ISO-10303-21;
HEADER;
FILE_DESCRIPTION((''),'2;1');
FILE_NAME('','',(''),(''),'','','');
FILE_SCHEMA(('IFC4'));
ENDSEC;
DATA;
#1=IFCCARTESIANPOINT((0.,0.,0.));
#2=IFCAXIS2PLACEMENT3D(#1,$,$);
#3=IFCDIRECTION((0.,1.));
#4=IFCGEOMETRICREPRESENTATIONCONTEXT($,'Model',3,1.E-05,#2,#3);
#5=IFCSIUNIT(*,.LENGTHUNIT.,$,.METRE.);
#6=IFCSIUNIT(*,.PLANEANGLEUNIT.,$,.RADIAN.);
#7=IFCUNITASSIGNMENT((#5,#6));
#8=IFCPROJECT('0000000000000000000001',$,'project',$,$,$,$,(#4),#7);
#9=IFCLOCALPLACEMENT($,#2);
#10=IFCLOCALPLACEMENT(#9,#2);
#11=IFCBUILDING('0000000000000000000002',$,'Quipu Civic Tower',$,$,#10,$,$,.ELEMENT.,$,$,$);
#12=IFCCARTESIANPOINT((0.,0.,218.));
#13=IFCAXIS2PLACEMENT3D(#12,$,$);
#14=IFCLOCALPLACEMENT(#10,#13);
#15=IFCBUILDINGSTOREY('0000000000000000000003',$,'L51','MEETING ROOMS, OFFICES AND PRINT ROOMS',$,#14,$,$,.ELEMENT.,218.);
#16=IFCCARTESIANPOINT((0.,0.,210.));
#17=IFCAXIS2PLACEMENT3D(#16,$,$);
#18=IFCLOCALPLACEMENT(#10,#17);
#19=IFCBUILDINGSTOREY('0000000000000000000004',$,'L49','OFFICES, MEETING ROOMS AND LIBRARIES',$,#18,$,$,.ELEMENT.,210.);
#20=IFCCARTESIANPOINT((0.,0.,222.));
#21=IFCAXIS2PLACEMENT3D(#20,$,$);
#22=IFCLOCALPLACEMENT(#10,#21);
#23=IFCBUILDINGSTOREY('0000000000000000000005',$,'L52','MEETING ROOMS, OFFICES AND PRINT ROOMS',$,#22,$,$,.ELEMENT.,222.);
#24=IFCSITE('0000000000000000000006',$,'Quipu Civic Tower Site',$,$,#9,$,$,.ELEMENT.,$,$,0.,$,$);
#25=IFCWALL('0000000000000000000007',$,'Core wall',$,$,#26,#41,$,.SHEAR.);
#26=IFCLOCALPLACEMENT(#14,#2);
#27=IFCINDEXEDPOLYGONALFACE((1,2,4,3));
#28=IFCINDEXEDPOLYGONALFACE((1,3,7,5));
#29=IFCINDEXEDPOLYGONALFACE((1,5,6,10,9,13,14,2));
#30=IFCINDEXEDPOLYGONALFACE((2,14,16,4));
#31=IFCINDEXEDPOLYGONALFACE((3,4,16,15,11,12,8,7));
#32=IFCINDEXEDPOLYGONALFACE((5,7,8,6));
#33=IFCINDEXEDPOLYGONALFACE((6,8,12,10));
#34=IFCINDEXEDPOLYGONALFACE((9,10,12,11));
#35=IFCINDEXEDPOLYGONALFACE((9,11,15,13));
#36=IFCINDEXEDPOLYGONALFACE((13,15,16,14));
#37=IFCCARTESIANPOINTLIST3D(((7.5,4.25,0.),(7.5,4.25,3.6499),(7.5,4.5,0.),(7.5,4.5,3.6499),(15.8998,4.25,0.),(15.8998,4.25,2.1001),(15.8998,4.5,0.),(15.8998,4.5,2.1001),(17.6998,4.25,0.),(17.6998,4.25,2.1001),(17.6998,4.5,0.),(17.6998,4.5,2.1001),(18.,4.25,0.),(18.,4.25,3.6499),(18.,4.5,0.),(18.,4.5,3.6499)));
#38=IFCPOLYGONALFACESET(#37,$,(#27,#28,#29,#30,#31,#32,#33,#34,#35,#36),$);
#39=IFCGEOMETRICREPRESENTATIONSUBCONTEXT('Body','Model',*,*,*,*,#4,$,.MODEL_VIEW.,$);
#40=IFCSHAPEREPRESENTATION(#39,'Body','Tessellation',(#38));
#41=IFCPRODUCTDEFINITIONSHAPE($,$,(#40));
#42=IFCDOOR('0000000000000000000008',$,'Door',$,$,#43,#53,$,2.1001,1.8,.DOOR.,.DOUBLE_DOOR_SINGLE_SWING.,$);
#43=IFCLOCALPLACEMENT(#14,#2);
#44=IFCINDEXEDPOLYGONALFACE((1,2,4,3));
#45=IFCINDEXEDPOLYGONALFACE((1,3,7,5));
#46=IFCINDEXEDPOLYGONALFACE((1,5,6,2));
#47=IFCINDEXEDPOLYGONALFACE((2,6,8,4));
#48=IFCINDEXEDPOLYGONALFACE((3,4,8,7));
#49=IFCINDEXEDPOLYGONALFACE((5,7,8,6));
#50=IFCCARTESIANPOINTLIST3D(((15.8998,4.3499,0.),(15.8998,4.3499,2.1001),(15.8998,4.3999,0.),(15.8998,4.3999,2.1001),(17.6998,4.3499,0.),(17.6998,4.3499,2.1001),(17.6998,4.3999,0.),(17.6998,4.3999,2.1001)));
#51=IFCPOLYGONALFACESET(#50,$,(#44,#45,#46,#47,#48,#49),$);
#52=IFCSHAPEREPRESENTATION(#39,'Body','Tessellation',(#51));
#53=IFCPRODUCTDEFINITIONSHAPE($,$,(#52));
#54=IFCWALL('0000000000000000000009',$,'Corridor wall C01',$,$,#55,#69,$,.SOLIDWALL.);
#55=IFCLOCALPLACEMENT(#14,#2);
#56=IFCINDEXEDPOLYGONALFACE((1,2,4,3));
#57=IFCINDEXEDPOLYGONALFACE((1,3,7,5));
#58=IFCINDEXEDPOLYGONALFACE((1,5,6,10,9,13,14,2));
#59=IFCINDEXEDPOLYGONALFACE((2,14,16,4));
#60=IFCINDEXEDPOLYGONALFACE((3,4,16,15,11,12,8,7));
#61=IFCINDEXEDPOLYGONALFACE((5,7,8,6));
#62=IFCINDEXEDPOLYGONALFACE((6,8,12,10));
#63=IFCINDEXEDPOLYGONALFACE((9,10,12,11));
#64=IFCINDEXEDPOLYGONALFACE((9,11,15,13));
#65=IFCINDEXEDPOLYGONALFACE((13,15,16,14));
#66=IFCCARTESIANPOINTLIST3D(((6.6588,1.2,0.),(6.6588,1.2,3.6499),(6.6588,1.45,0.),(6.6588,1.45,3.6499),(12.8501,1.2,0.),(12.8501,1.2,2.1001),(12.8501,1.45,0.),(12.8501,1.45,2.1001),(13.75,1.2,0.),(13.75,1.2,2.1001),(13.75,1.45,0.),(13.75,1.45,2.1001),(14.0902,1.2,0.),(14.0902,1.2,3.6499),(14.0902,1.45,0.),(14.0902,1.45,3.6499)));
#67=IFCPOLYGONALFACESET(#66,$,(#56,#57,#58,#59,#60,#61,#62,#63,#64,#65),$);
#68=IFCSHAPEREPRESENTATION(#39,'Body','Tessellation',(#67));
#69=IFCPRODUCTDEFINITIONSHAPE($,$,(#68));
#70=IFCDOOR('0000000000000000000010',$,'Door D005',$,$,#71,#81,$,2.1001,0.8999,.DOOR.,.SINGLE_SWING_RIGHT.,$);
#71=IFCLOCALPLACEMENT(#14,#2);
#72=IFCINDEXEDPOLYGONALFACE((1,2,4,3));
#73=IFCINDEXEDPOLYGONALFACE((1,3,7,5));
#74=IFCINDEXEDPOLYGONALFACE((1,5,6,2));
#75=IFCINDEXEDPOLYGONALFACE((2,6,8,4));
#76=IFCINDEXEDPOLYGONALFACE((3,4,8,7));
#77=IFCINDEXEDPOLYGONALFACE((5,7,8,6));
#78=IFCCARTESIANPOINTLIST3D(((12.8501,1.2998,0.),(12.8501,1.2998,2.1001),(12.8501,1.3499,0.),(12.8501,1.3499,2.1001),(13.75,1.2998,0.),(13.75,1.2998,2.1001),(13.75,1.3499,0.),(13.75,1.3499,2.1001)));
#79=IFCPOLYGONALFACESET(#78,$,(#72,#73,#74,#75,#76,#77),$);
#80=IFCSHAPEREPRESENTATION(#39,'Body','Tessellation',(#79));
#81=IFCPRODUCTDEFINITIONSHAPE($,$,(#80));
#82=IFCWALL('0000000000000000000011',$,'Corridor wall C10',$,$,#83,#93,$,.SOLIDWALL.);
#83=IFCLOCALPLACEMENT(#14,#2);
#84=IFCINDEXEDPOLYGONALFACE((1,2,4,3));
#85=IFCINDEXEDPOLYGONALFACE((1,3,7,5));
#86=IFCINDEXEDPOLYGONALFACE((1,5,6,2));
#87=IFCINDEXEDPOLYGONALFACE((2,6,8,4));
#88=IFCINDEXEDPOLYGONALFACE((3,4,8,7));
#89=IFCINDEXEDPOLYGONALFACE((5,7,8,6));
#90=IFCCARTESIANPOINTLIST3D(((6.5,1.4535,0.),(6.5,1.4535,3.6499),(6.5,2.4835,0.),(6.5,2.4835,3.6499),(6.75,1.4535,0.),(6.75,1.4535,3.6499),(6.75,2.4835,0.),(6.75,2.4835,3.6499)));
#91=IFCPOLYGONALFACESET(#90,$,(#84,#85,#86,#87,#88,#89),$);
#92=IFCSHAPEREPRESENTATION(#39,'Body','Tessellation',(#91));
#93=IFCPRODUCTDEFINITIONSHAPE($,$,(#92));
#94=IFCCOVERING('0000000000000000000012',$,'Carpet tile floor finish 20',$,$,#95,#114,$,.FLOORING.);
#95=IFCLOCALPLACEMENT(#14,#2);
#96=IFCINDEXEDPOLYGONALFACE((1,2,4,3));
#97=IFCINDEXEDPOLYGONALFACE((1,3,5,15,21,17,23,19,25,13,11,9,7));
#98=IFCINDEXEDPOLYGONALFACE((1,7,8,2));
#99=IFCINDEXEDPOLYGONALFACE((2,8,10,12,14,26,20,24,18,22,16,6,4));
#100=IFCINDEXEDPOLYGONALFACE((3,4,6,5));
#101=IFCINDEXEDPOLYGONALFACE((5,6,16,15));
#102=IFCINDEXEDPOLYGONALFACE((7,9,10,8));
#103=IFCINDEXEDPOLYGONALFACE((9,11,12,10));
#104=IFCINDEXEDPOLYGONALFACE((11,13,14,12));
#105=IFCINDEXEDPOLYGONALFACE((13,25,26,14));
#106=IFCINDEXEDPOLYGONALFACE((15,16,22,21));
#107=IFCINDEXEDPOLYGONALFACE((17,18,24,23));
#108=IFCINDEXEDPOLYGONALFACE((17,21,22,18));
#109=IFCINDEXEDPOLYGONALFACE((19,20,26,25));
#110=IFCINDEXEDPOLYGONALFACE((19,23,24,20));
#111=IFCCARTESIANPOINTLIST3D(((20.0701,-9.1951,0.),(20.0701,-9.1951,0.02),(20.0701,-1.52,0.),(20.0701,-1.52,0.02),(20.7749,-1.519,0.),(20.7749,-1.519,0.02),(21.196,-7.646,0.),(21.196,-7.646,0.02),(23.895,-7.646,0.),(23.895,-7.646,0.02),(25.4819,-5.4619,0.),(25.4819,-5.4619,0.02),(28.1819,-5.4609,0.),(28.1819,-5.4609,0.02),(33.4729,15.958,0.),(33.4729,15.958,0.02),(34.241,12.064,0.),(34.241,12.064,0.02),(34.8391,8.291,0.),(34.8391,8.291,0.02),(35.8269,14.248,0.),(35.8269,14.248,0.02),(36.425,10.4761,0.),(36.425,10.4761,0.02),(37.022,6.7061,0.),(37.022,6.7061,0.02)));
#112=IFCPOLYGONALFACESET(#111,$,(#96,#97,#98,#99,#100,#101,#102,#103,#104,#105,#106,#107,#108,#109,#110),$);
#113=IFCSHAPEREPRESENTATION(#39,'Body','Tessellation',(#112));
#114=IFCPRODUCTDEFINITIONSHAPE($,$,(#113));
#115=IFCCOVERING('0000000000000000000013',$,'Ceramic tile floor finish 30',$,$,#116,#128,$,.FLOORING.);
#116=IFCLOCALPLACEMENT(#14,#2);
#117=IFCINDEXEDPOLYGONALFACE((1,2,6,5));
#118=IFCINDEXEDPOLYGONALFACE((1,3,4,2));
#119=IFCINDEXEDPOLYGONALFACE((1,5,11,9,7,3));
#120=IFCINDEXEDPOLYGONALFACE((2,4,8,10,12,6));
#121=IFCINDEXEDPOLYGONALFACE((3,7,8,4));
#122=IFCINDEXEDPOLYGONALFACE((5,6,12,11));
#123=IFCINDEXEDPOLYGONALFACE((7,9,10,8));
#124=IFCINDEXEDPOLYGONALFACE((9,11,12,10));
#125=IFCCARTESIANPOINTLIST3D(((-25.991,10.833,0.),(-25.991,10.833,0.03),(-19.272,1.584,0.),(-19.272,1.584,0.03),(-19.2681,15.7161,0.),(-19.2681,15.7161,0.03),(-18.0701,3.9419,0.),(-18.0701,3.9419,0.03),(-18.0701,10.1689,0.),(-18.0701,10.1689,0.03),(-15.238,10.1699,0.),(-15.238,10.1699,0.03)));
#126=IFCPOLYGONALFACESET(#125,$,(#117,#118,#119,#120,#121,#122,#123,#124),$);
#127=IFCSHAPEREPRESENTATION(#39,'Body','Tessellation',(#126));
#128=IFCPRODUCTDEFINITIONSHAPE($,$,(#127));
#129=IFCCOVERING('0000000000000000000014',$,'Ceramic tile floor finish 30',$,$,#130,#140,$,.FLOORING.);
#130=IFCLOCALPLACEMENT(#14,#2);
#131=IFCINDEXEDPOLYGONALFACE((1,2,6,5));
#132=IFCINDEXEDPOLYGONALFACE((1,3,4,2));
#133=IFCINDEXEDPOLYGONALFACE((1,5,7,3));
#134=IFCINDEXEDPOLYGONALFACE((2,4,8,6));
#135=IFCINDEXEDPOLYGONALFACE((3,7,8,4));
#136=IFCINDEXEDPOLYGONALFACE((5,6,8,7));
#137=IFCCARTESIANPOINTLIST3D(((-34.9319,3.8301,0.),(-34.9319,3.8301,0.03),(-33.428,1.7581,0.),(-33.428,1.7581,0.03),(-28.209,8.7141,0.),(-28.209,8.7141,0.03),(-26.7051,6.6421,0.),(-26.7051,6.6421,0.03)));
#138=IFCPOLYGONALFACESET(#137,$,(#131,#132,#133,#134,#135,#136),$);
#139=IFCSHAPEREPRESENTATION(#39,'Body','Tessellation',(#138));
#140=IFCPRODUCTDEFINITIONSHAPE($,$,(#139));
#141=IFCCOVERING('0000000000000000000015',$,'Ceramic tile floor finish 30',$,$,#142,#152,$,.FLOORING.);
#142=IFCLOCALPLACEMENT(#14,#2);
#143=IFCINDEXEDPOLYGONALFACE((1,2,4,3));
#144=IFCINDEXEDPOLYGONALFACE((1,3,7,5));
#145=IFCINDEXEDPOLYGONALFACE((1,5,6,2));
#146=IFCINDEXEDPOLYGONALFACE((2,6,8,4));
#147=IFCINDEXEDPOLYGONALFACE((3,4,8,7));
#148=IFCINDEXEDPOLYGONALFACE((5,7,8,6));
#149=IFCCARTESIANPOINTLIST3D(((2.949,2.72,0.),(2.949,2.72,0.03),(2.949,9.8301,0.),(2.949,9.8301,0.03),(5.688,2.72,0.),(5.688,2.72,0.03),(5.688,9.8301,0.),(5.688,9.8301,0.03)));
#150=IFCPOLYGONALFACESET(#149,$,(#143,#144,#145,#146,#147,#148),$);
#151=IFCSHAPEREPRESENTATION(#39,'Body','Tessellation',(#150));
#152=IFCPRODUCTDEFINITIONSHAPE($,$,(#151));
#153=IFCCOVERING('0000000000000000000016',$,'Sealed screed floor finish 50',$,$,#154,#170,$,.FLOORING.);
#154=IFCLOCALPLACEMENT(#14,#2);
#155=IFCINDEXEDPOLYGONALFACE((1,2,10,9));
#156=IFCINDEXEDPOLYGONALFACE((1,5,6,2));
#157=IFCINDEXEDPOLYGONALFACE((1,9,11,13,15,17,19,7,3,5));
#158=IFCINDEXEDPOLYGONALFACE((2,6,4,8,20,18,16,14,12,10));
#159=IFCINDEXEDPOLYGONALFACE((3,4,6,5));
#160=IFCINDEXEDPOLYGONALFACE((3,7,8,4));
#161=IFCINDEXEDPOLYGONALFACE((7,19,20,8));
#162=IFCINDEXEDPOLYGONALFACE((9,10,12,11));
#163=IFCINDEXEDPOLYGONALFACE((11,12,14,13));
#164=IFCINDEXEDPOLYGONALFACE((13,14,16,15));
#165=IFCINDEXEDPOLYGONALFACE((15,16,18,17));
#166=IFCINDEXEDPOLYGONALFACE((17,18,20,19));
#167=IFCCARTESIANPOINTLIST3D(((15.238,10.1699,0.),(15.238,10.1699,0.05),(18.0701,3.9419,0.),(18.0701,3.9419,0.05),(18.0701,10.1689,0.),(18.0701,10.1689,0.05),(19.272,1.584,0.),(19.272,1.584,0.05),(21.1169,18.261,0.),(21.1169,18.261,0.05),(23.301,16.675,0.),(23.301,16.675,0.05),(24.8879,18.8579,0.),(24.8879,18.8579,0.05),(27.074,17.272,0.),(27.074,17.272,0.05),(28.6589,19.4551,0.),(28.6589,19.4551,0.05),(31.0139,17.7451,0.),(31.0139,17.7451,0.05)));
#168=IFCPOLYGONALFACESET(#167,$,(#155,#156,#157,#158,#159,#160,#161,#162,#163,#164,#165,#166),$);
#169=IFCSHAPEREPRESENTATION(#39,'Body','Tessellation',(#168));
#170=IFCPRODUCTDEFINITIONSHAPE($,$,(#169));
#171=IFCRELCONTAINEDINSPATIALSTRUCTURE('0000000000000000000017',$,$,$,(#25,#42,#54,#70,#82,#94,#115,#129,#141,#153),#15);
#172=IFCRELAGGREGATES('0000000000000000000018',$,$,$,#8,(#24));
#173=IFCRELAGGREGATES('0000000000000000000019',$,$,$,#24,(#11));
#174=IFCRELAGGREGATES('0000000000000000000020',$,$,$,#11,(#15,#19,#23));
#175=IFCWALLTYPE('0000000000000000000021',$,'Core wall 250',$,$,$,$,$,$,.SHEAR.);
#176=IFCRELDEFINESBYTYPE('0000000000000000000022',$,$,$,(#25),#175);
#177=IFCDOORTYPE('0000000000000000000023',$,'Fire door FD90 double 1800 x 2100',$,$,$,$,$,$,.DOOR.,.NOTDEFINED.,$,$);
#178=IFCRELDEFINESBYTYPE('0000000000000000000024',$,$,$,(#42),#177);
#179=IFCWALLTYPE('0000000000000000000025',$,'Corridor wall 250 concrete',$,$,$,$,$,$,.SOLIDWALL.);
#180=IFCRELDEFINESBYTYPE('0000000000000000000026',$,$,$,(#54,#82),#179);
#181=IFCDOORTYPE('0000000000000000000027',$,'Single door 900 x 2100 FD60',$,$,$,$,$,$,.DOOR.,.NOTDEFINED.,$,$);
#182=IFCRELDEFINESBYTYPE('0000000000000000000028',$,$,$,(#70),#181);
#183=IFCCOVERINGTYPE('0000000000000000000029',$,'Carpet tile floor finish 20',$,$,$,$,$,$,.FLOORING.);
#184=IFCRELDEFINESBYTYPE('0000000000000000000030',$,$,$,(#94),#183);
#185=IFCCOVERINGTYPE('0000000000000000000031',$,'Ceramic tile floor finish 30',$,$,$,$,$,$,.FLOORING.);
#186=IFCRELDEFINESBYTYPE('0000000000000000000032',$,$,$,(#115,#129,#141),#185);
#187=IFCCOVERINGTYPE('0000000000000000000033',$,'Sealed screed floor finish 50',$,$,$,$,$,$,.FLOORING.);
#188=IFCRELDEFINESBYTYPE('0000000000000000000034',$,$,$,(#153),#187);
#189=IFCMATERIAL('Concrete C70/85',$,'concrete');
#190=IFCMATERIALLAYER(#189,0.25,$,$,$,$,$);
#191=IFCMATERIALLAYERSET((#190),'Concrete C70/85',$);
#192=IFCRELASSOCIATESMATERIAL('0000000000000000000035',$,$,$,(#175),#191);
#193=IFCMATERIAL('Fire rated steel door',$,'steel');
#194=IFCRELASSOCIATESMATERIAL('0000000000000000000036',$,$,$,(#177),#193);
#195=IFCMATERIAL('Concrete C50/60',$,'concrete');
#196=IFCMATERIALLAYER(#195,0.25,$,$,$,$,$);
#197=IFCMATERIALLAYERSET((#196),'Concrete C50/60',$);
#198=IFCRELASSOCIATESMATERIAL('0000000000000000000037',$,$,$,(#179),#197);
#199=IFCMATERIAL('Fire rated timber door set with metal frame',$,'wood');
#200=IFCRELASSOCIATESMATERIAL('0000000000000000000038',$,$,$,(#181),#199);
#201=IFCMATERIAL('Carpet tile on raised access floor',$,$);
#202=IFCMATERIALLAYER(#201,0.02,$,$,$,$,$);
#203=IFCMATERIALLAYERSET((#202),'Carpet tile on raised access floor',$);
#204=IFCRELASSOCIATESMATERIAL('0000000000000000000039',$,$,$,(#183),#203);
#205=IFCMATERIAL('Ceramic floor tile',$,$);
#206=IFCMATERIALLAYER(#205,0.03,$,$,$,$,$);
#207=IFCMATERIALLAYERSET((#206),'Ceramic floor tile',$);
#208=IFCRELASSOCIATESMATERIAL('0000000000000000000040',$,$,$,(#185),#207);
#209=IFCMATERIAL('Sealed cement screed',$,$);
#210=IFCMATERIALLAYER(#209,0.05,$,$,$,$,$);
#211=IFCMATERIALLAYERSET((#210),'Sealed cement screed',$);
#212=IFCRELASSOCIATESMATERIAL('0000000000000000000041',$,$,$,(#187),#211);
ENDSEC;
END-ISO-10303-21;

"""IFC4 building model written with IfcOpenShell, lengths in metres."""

from ifc_helpers import new_model, si_unit, direction, frame, frame_2d, origin, place, context, subcontext, project, spatial, polyline, rectangle, outline, extrude, material, layer, layer_set, type_object, element, fill, save


model = new_model("IFC4")

# Units and contexts
model_context = context("Model", 3, precision=1e-05, world=origin(), true_north=direction((0.0, 1.0)))
body_context = subcontext(model_context, "Body", "Model", "MODEL_VIEW")
ifc_project = project(units=[si_unit("LENGTHUNIT", "METRE"), si_unit("PLANEANGLEUNIT", "RADIAN")], contexts=[model_context])

# Site, building, storey
site_placement = place(None, origin())
site = spatial("IfcSite", under=ifc_project, at=site_placement, Name="Quipu Civic Tower Site", CompositionType="ELEMENT", RefElevation=0.0)
building_placement = place(site_placement, origin())
building = spatial("IfcBuilding", under=site, at=building_placement, Name="Quipu Civic Tower", CompositionType="ELEMENT")
storey_1_placement = place(building_placement, frame((0.0, 0.0, 218.0)))
storey_1 = spatial("IfcBuildingStorey", under=building, at=storey_1_placement, Name="L51", Description="MEETING ROOMS, OFFICES AND PRINT ROOMS", CompositionType="ELEMENT", Elevation=218.0)

# Shared definitions
storey_2_placement = place(building_placement, frame((0.0, 0.0, 210.0)))
storey_2 = spatial("IfcBuildingStorey", under=building, at=storey_2_placement, Name="L49", Description="OFFICES, MEETING ROOMS AND LIBRARIES", CompositionType="ELEMENT", Elevation=210.0)

# Shared definitions
storey_3_placement = place(building_placement, frame((0.0, 0.0, 222.0)))
storey_3 = spatial("IfcBuildingStorey", under=building, at=storey_3_placement, Name="L52", Description="MEETING ROOMS, OFFICES AND PRINT ROOMS", CompositionType="ELEMENT", Elevation=222.0)

# Walls, openings, doors
ifc_material_1 = material(Name="Concrete C70/85", Category="concrete")
ifc_layer_1 = layer(ifc_material_1, 0.25)
ifc_layer_set_1 = layer_set([ifc_layer_1], Name="Concrete C70/85")
wall_type_1 = type_object("IfcWallType", Name="Core wall 250", PredefinedType="SHEAR", material=ifc_layer_set_1)
wall_1_placement = place(storey_1_placement, frame((7.5, 4.375, 0.0), z_axis=(0.0, 0.0, 1.0), x_axis=(1.0, 0.0, 0.0)))
wall_1 = element("IfcWall", 1, at=wall_1_placement, inside=storey_1, type_object=wall_type_1, Name="Core wall", PredefinedType="SHEAR", context=body_context, shape_type="SweptSolid", body=[
    extrude(rectangle(XDim=10.5, YDim=0.25, at=frame_2d((5.25, 0.0))), origin(), (0.0, 0.0, 1.0), 3.6499),
])
opening_1_placement = place(wall_1_placement, frame((8.3999, 0.0, 0.0)))
opening_1 = element("IfcOpeningElement", 2, at=opening_1_placement, cuts=wall_1, PredefinedType="OPENING", context=body_context, shape_type="SweptSolid", body=[
    extrude(rectangle(XDim=1.8, YDim=2.1001, at=frame_2d((0.8999, 1.05))), frame((0.0, 0.135, 0.0), z_axis=(0.0, -1.0, 0.0), x_axis=(1.0, 0.0, 0.0)), (0.0, 0.0, 1.0), 0.27),
])
ifc_material_2 = material(Name="Fire rated steel door", Category="steel")
door_type_1 = type_object("IfcDoorType", Name="Fire door FD90 double 1800 x 2100", OperationType="NOTDEFINED", PredefinedType="DOOR", material=ifc_material_2)
door_1_placement = place(opening_1_placement, origin())
door_1 = element("IfcDoor", 3, at=door_1_placement, inside=storey_1, type_object=door_type_1, Name="Door", OperationType="DOUBLE_DOOR_SINGLE_SWING", OverallHeight=2.1001, OverallWidth=1.8, PredefinedType="DOOR", context=body_context, shape_type="SweptSolid", body=[
    extrude(rectangle(XDim=1.8, YDim=2.1001, at=frame_2d((0.8999, 1.05))), frame((0.0, 0.0249, 0.0), z_axis=(0.0, -1.0, 0.0), x_axis=(1.0, 0.0, 0.0)), (0.0, 0.0, 1.0), 0.05),
])
fill(opening_1, door_1)
ifc_material_3 = material(Name="Concrete C50/60", Category="concrete")
ifc_layer_2 = layer(ifc_material_3, 0.25)
ifc_layer_set_2 = layer_set([ifc_layer_2], Name="Concrete C50/60")
wall_type_2 = type_object("IfcWallType", Name="Corridor wall 250 concrete", PredefinedType="SOLIDWALL", material=ifc_layer_set_2)
wall_2_placement = place(storey_1_placement, frame((6.6587, 1.325, 0.0), z_axis=(0.0, 0.0, 1.0), x_axis=(1.0, 0.0, 0.0)))
wall_2 = element("IfcWall", 4, at=wall_2_placement, inside=storey_1, type_object=wall_type_2, Name="Corridor wall C01", PredefinedType="SOLIDWALL", context=body_context, shape_type="SweptSolid", body=[
    extrude(rectangle(XDim=7.4314, YDim=0.25, at=frame_2d((3.7158, 0.0))), origin(), (0.0, 0.0, 1.0), 3.6499),
])
opening_2_placement = place(wall_2_placement, frame((6.1914, 0.0, 0.0)))
opening_2 = element("IfcOpeningElement", 5, at=opening_2_placement, cuts=wall_2, PredefinedType="OPENING", context=body_context, shape_type="SweptSolid", body=[
    extrude(rectangle(XDim=0.8999, YDim=2.1001, at=frame_2d((0.45, 1.05))), frame((0.0, 0.135, 0.0), z_axis=(0.0, -1.0, 0.0), x_axis=(1.0, 0.0, 0.0)), (0.0, 0.0, 1.0), 0.27),
])
ifc_material_4 = material(Name="Fire rated timber door set with metal frame", Category="wood")
door_type_2 = type_object("IfcDoorType", Name="Single door 900 x 2100 FD60", OperationType="NOTDEFINED", PredefinedType="DOOR", material=ifc_material_4)
door_2_placement = place(opening_2_placement, origin())
door_2 = element("IfcDoor", 6, at=door_2_placement, inside=storey_1, type_object=door_type_2, Name="Door D005", OperationType="SINGLE_SWING_RIGHT", OverallHeight=2.1001, OverallWidth=0.8999, PredefinedType="DOOR", context=body_context, shape_type="SweptSolid", body=[
    extrude(rectangle(XDim=0.8999, YDim=2.1001, at=frame_2d((0.45, 1.05))), frame((0.0, 0.0249, 0.0), z_axis=(0.0, -1.0, 0.0), x_axis=(1.0, 0.0, 0.0)), (0.0, 0.0, 1.0), 0.05),
])
fill(opening_2, door_2)

# Wall
wall_3_placement = place(storey_1_placement, frame((6.625, 2.4836, 0.0), z_axis=(0.0, 0.0, 1.0), x_axis=(0.0, -1.0, 0.0)))
element("IfcWall", 7, at=wall_3_placement, inside=storey_1, type_object=wall_type_2, Name="Corridor wall C10", PredefinedType="SOLIDWALL", context=body_context, shape_type="SweptSolid", body=[
    extrude(rectangle(XDim=1.03, YDim=0.25, at=frame_2d((0.5151, 0.0))), origin(), (0.0, 0.0, 1.0), 3.6499),
])

# Coverings
ifc_material_5 = material(Name="Carpet tile on raised access floor")
ifc_layer_3 = layer(ifc_material_5, 0.02)
ifc_layer_set_3 = layer_set([ifc_layer_3], Name="Carpet tile on raised access floor")
covering_type_1 = type_object("IfcCoveringType", Name="Carpet tile floor finish 20", PredefinedType="FLOORING", material=ifc_layer_set_3)
covering_1_placement = place(storey_1_placement, origin())
element("IfcCovering", 8, at=covering_1_placement, inside=storey_1, type_object=covering_type_1, Name="Carpet tile floor finish 20", PredefinedType="FLOORING", context=body_context, shape_type="SweptSolid", body=[
    extrude(outline(polyline([(20.0701, -9.1951), (20.0701, -1.52), (20.7749, -1.519), (33.4729, 15.958), (35.8269, 14.248), (34.241, 12.064), (36.425, 10.4761), (34.8391, 8.291), (37.022, 6.7061), (28.1819, -5.4609), (25.4819, -5.4619), (23.895, -7.646), (21.196, -7.646), (20.0701, -9.1951)])), origin(), (0.0, 0.0, 1.0), 0.02),
])
ifc_material_6 = material(Name="Ceramic floor tile")
ifc_layer_4 = layer(ifc_material_6, 0.03)
ifc_layer_set_4 = layer_set([ifc_layer_4], Name="Ceramic floor tile")
covering_type_2 = type_object("IfcCoveringType", Name="Ceramic tile floor finish 30", PredefinedType="FLOORING", material=ifc_layer_set_4)
covering_2_placement = place(storey_1_placement, origin())
element("IfcCovering", 9, at=covering_2_placement, inside=storey_1, type_object=covering_type_2, Name="Ceramic tile floor finish 30", PredefinedType="FLOORING", context=body_context, shape_type="SweptSolid", body=[
    extrude(outline(polyline([(-25.991, 10.833), (-19.2681, 15.7161), (-15.238, 10.1699), (-18.0701, 10.1689), (-18.0701, 3.9419), (-19.272, 1.584), (-25.991, 10.833)])), origin(), (0.0, 0.0, 1.0), 0.03),
])
covering_3_placement = place(storey_1_placement, origin())
element("IfcCovering", 10, at=covering_3_placement, inside=storey_1, type_object=covering_type_2, Name="Ceramic tile floor finish 30", PredefinedType="FLOORING", context=body_context, shape_type="SweptSolid", body=[
    extrude(outline(polyline([(-34.9319, 3.8301), (-28.209, 8.7141), (-26.7051, 6.6421), (-33.428, 1.7581), (-34.9319, 3.8301)])), origin(), (0.0, 0.0, 1.0), 0.03),
])
covering_4_placement = place(storey_1_placement, origin())
element("IfcCovering", 11, at=covering_4_placement, inside=storey_1, type_object=covering_type_2, Name="Ceramic tile floor finish 30", PredefinedType="FLOORING", context=body_context, shape_type="SweptSolid", body=[
    extrude(outline(polyline([(2.949, 2.72), (2.949, 9.8301), (5.688, 9.8301), (5.688, 2.72), (2.949, 2.72)])), origin(), (0.0, 0.0, 1.0), 0.03),
])
ifc_material_7 = material(Name="Sealed cement screed")
ifc_layer_5 = layer(ifc_material_7, 0.05)
ifc_layer_set_5 = layer_set([ifc_layer_5], Name="Sealed cement screed")
covering_type_3 = type_object("IfcCoveringType", Name="Sealed screed floor finish 50", PredefinedType="FLOORING", material=ifc_layer_set_5)
covering_5_placement = place(storey_1_placement, origin())
element("IfcCovering", 12, at=covering_5_placement, inside=storey_1, type_object=covering_type_3, Name="Sealed screed floor finish 50", PredefinedType="FLOORING", context=body_context, shape_type="SweptSolid", body=[
    extrude(outline(polyline([(15.238, 10.1699), (21.1169, 18.261), (23.301, 16.675), (24.8879, 18.8579), (27.074, 17.272), (28.6589, 19.4551), (31.0139, 17.7451), (19.272, 1.584), (18.0701, 3.9419), (18.0701, 10.1689), (15.238, 10.1699)])), origin(), (0.0, 0.0, 1.0), 0.05),
])

save(model, "model.ifc")
